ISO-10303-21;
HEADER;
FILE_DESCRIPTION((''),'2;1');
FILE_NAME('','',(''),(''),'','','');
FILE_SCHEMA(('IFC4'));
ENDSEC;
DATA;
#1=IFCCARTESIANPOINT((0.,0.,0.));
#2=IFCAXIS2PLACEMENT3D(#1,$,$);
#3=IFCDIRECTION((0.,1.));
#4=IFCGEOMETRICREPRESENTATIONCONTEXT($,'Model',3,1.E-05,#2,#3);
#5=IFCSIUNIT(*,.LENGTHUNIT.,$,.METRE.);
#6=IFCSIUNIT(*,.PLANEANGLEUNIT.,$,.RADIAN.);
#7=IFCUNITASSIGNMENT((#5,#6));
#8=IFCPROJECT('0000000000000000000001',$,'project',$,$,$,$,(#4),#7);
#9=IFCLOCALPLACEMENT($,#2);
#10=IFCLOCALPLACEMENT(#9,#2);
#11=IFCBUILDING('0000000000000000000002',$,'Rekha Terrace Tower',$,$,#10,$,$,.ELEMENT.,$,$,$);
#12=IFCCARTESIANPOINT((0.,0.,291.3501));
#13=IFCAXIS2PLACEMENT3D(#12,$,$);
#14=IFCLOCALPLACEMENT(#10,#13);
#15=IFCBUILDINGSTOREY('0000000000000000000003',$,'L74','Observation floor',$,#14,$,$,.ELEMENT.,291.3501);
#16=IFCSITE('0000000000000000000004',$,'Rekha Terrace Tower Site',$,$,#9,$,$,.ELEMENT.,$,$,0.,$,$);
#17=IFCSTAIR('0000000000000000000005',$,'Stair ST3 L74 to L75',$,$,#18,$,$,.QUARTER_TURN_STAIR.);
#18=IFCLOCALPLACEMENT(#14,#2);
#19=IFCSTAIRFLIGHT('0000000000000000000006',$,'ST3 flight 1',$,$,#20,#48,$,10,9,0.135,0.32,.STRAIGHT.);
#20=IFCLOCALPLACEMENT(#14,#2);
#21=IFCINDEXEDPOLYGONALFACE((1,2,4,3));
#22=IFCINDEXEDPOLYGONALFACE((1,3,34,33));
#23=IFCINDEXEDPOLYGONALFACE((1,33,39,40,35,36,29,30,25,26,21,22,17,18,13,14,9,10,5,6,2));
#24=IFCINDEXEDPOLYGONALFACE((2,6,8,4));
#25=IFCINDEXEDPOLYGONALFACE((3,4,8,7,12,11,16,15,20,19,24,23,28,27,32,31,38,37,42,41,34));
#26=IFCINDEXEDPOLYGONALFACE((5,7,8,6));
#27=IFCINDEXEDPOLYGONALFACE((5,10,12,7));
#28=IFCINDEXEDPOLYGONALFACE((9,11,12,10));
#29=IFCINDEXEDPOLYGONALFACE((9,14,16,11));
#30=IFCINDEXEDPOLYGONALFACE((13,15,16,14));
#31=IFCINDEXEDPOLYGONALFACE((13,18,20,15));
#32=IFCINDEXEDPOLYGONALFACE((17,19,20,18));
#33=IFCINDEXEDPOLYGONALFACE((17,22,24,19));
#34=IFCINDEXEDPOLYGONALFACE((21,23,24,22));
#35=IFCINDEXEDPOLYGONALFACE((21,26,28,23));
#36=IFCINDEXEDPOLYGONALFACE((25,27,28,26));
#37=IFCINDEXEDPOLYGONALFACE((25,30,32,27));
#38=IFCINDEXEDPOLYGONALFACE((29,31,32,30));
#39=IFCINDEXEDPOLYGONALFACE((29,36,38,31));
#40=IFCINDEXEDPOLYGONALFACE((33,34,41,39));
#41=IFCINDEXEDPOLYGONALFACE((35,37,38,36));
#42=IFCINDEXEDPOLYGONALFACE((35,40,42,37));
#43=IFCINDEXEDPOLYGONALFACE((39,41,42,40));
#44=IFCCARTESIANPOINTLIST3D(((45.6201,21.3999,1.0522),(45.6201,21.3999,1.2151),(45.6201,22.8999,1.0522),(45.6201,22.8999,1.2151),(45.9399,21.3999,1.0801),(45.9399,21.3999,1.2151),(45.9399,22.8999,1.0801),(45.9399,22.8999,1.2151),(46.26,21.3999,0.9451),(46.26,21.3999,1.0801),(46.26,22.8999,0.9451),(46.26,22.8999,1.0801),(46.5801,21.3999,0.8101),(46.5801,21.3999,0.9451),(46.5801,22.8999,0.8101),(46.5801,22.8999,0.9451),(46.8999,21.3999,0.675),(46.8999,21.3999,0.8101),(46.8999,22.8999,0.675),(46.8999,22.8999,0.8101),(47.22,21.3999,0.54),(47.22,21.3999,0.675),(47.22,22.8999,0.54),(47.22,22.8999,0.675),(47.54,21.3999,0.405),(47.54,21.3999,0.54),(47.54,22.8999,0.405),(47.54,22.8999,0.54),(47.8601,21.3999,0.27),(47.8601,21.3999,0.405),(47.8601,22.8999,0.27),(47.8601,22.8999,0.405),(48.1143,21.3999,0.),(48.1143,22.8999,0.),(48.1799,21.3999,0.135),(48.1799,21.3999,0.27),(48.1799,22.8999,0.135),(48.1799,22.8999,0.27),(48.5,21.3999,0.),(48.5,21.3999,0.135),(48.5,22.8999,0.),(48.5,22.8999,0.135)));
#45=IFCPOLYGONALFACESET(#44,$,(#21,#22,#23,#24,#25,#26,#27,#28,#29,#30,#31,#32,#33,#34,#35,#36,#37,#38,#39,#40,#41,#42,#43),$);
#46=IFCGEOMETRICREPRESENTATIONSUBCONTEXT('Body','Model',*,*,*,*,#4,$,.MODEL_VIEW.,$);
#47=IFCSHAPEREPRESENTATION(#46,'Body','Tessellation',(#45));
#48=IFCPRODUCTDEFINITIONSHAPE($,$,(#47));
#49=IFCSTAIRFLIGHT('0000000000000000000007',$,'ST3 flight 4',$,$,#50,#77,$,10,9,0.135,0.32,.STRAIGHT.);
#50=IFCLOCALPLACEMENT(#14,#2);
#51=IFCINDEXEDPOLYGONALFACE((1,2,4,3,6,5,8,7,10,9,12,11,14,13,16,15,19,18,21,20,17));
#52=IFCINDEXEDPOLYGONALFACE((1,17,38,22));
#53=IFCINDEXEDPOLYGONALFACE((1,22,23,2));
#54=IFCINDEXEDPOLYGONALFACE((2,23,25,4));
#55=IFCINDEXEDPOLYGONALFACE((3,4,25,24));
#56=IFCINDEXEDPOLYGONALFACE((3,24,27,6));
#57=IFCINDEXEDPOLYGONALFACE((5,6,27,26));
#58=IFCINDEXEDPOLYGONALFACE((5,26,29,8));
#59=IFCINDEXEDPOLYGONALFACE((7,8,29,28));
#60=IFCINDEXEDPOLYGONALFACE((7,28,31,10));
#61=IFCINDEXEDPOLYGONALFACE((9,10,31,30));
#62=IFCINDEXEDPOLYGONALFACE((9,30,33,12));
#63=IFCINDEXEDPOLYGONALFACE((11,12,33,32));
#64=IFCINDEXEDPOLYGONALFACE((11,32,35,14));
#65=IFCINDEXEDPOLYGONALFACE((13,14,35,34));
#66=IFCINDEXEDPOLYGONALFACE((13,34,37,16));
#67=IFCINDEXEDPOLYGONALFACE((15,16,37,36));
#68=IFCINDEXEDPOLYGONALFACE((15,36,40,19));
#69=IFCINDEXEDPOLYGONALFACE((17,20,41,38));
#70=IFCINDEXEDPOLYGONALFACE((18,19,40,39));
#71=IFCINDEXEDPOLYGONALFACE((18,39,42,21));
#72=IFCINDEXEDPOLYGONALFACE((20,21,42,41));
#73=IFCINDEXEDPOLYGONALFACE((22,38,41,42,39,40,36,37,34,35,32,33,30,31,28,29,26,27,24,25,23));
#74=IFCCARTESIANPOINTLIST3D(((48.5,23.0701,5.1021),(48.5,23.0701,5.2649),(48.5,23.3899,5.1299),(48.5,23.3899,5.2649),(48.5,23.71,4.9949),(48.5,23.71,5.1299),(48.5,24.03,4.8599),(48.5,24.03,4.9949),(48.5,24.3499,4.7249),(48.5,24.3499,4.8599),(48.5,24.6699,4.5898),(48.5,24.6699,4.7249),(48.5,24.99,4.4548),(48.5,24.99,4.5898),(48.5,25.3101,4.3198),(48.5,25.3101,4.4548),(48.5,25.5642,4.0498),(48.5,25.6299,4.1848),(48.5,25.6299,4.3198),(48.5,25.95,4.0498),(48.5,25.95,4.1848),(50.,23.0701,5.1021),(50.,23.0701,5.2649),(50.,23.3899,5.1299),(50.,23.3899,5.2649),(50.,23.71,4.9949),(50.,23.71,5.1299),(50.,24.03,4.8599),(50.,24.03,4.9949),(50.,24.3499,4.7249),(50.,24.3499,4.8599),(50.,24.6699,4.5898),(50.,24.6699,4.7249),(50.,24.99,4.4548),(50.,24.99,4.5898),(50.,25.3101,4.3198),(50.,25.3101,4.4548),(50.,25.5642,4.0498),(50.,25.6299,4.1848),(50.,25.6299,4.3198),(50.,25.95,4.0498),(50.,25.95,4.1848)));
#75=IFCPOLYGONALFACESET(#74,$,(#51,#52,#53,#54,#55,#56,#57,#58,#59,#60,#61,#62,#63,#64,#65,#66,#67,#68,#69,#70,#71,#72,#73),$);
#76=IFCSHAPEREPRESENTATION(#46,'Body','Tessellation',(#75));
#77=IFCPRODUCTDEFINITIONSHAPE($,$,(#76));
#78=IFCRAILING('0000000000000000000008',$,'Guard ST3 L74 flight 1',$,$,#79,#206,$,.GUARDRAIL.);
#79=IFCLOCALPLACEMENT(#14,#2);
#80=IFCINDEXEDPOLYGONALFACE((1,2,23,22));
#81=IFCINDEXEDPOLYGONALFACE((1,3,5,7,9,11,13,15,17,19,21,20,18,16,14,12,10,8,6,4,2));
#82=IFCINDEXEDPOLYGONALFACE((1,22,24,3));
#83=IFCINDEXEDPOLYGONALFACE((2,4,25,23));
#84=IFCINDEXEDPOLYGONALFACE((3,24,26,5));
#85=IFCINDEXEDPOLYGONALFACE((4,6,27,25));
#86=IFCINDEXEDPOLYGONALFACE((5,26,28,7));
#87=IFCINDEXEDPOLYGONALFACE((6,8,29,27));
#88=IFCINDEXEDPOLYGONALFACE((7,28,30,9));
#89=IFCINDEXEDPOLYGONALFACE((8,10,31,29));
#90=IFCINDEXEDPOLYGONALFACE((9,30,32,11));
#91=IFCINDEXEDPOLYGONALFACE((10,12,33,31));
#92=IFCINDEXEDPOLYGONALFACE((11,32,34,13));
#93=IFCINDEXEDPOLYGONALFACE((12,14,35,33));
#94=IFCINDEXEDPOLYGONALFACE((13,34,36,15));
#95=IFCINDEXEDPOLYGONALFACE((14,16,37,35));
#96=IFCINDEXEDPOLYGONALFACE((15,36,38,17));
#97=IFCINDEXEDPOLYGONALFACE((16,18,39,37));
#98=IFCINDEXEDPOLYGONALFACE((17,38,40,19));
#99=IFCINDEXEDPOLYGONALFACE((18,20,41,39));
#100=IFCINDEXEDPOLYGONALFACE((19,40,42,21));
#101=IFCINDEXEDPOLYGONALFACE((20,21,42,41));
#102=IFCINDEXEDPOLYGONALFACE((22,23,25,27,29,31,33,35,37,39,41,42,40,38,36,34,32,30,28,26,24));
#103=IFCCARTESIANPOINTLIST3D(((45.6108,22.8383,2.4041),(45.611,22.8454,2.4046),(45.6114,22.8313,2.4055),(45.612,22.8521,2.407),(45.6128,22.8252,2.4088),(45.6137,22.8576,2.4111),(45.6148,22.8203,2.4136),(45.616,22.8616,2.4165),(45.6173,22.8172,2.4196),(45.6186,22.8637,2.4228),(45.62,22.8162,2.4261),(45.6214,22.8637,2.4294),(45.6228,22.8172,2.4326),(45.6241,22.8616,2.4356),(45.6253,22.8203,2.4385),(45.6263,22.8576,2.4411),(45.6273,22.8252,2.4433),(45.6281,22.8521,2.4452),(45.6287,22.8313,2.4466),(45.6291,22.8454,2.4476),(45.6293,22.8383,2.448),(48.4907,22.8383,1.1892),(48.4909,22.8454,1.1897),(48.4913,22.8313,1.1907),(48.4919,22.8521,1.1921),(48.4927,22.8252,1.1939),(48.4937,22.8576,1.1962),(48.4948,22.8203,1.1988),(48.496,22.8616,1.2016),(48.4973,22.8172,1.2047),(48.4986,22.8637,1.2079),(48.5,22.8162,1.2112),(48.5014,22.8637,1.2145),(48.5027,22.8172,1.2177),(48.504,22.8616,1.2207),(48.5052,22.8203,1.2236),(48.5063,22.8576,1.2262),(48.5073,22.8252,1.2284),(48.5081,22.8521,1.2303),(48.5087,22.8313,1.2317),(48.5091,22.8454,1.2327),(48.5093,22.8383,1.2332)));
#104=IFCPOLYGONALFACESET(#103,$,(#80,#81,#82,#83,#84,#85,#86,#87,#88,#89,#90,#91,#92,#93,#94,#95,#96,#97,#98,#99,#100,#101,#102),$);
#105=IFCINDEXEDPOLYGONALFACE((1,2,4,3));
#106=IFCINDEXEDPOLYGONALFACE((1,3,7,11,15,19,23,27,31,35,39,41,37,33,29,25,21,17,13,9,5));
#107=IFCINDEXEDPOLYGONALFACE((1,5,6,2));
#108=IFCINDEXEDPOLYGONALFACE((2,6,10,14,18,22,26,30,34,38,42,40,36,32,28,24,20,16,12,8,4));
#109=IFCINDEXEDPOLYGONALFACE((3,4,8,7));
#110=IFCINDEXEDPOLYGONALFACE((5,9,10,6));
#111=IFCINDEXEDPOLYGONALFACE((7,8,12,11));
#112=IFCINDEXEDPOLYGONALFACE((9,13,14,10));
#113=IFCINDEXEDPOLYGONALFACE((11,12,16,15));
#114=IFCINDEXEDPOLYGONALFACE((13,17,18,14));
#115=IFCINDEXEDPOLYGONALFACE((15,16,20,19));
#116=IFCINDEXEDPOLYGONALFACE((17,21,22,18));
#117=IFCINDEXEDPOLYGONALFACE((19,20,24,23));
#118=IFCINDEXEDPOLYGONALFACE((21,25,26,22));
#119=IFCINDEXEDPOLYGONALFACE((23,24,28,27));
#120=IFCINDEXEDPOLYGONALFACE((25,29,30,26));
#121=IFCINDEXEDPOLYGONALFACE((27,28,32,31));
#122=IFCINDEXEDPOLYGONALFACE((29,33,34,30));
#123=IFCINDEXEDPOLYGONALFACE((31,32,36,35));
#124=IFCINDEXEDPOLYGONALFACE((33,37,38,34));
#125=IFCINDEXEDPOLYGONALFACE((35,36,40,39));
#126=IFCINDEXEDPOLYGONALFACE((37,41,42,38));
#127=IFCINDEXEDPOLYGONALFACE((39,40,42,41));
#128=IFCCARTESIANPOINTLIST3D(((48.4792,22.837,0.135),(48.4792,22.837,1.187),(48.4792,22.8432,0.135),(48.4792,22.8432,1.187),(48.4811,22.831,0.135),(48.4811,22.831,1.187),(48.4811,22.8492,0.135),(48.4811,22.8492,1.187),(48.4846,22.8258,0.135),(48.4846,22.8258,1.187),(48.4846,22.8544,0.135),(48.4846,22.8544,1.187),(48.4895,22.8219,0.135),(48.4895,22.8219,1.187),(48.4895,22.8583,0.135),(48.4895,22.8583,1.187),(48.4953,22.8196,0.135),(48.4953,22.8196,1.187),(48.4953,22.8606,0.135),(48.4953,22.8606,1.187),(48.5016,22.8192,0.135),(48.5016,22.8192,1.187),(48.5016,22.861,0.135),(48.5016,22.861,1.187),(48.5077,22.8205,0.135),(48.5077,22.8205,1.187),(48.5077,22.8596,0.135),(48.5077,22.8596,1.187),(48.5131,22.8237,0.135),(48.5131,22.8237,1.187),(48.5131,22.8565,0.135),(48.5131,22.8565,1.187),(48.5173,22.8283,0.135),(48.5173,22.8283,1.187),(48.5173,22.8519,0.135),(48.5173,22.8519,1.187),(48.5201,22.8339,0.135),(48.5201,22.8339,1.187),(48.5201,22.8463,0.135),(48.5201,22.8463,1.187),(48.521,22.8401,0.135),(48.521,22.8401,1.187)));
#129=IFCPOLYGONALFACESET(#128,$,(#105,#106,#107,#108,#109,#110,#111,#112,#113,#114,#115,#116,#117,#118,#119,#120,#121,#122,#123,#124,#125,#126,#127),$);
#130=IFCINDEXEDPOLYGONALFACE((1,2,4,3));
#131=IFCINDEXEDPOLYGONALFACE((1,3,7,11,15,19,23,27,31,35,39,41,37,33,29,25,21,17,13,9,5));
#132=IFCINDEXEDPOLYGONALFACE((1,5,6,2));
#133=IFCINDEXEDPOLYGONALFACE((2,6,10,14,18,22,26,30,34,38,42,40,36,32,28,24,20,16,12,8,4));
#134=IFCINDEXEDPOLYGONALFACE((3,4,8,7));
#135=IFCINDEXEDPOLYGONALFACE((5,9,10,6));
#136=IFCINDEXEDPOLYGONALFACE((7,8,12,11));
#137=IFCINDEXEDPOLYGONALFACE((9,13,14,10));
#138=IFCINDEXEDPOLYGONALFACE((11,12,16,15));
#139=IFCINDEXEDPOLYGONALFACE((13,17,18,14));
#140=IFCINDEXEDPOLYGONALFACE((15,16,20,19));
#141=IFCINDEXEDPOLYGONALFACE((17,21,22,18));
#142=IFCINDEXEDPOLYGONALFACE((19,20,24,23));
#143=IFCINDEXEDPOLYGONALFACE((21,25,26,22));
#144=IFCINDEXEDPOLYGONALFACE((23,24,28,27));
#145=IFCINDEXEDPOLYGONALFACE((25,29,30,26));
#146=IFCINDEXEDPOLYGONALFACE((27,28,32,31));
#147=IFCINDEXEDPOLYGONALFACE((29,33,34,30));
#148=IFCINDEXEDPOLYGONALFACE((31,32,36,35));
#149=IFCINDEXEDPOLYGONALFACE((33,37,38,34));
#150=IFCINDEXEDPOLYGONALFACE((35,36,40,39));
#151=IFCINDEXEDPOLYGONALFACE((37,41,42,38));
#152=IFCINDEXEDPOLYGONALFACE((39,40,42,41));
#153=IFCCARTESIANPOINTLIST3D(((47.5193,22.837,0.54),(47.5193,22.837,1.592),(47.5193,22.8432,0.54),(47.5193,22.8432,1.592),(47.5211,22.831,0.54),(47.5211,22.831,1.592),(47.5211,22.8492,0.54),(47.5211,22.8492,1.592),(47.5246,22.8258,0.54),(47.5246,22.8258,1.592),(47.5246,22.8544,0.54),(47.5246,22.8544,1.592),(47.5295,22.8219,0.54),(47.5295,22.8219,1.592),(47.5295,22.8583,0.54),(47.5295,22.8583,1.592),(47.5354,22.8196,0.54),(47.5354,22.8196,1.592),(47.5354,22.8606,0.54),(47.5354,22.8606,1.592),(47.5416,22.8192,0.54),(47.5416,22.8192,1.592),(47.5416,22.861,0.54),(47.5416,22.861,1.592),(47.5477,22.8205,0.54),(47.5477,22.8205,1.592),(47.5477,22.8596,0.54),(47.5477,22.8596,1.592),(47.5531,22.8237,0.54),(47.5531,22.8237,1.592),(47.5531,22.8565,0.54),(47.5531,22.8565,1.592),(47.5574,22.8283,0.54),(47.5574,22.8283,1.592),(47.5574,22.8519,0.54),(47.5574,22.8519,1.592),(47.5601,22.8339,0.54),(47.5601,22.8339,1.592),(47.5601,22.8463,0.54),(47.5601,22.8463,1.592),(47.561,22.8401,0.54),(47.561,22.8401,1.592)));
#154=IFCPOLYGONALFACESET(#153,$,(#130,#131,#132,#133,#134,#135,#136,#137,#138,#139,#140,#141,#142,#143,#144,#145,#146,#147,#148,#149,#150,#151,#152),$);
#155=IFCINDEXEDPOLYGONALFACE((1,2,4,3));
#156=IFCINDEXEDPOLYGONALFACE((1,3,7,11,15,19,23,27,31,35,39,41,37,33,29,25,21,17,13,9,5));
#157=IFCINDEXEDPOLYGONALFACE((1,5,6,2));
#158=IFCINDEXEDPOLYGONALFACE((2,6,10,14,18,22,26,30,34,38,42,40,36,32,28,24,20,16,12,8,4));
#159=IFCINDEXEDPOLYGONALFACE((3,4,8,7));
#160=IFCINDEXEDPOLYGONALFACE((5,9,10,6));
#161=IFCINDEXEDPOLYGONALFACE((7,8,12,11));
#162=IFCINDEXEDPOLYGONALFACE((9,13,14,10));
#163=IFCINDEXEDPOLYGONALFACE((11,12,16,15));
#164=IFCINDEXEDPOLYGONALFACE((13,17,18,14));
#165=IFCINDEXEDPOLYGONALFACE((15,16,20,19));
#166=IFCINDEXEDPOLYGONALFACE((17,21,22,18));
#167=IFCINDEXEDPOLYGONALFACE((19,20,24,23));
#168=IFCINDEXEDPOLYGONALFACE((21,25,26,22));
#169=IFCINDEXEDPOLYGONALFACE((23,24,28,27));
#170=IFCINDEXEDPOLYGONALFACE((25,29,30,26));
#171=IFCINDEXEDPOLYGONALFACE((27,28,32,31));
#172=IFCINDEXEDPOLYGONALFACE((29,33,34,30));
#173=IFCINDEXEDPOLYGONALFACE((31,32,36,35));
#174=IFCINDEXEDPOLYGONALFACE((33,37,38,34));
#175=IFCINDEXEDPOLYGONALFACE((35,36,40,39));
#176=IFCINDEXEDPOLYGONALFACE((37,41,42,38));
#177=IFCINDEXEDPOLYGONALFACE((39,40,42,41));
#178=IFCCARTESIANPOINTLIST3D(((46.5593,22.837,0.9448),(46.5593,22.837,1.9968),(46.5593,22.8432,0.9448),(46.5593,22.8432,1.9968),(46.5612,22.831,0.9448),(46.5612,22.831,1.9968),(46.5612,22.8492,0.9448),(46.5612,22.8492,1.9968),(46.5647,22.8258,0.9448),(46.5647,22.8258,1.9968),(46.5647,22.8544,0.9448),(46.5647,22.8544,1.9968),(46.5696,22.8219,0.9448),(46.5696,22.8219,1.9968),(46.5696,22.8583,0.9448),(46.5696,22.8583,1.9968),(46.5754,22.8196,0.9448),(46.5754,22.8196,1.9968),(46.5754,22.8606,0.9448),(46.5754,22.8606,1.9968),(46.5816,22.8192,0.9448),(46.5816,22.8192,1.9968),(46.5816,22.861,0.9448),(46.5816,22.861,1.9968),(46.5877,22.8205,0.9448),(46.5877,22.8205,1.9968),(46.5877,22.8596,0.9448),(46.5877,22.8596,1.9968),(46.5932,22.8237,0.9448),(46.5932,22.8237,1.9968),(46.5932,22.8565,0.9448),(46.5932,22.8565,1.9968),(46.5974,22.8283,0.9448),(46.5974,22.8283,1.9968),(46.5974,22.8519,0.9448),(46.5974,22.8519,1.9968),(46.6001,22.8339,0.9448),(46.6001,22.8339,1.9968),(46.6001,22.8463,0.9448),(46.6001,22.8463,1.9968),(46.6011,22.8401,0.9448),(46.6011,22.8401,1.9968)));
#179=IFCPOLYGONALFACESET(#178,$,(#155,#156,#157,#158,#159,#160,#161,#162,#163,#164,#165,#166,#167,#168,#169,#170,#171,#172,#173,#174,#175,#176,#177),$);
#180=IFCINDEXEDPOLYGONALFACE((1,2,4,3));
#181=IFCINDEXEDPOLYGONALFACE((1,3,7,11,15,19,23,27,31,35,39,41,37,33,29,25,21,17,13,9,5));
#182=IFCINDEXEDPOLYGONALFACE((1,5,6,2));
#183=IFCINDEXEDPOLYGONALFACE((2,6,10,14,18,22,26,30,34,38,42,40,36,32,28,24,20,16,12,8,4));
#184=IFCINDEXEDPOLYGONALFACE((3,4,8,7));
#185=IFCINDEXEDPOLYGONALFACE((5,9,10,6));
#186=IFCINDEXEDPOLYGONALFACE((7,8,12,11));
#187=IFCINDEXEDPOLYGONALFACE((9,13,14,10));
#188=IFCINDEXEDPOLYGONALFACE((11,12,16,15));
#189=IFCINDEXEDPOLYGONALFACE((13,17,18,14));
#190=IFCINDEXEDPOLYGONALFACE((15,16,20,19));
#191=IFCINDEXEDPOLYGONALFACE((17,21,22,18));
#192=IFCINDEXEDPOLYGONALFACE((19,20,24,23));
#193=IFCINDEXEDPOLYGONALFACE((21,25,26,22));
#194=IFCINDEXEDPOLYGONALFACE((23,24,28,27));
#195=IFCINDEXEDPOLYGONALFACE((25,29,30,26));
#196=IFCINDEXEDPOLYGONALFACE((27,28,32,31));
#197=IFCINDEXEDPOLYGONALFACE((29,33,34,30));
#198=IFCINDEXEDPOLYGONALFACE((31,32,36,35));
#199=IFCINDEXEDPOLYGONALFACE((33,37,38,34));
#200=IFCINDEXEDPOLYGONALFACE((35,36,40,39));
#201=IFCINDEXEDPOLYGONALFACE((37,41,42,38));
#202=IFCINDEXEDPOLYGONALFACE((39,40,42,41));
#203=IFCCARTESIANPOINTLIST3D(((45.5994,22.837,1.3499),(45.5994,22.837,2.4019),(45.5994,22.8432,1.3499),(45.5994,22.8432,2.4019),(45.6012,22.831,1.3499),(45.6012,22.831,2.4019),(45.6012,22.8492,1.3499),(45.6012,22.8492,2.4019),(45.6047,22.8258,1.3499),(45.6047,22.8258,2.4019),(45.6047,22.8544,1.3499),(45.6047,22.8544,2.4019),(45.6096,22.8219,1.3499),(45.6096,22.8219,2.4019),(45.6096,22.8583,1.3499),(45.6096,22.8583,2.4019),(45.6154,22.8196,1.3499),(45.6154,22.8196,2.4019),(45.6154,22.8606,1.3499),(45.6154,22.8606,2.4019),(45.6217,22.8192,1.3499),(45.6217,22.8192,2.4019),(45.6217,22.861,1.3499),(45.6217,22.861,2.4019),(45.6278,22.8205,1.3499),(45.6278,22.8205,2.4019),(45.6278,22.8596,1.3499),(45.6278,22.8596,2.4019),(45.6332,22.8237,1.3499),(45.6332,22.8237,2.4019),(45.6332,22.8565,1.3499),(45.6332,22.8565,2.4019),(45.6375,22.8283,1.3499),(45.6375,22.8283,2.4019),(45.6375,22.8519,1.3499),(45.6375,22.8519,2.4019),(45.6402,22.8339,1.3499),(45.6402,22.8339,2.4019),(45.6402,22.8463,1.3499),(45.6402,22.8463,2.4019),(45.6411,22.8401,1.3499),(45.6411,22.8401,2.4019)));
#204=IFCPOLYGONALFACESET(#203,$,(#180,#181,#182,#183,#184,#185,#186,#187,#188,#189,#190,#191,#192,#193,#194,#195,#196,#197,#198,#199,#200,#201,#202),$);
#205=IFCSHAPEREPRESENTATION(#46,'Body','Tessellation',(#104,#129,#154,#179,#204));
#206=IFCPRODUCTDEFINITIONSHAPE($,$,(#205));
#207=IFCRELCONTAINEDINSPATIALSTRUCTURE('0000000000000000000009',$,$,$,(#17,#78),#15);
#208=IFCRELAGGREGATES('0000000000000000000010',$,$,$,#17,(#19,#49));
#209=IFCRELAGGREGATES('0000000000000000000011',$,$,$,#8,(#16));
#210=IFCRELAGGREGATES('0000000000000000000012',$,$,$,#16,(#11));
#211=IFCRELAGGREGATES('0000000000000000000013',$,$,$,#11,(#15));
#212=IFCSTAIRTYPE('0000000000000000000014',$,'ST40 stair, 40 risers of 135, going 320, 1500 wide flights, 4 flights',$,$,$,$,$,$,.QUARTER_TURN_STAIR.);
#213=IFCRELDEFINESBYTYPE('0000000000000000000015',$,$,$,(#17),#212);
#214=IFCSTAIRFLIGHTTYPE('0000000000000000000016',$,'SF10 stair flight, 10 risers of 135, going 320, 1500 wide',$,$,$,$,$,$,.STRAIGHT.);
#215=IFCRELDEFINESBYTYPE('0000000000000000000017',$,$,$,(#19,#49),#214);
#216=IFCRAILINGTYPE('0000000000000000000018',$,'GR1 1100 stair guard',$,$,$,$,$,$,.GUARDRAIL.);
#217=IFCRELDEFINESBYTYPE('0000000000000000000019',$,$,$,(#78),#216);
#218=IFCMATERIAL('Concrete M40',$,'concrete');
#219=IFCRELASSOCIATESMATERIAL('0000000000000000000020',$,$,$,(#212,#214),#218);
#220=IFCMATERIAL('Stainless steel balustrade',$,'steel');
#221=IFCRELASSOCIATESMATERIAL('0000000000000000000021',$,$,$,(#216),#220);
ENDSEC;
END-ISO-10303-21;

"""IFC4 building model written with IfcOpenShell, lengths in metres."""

from ifc_helpers import new_model, si_unit, direction, frame, origin, origin_2d, place, context, subcontext, project, spatial, polyline, circle, outline, extrude, material, type_object, element, aggregate, save


model = new_model("IFC4")

# Units and contexts
model_context = context("Model", 3, precision=1e-05, world=origin(), true_north=direction((0.0, 1.0)))
body_context = subcontext(model_context, "Body", "Model", "MODEL_VIEW")
ifc_project = project(units=[si_unit("LENGTHUNIT", "METRE"), si_unit("PLANEANGLEUNIT", "RADIAN")], contexts=[model_context])

# Site, building, storey
site_placement = place(None, origin())
site = spatial("IfcSite", under=ifc_project, at=site_placement, Name="Rekha Terrace Tower Site", CompositionType="ELEMENT", RefElevation=0.0)
building_placement = place(site_placement, origin())
building = spatial("IfcBuilding", under=site, at=building_placement, Name="Rekha Terrace Tower", CompositionType="ELEMENT")
storey_placement = place(building_placement, frame((0.0, 0.0, 291.3501)))
storey = spatial("IfcBuildingStorey", under=building, at=storey_placement, Name="L74", Description="Observation floor", CompositionType="ELEMENT", Elevation=291.3501)

# Stair, stair flights
ifc_material_1 = material(Name="Concrete M40", Category="concrete")
stair_type = type_object("IfcStairType", Name="ST40 stair, 40 risers of 135, going 320, 1500 wide flights, 4 flights", PredefinedType="QUARTER_TURN_STAIR", material=ifc_material_1)
stair_placement = place(storey_placement, origin())
stair = element("IfcStair", 1, at=stair_placement, inside=storey, type_object=stair_type, Name="Stair ST3 L74 to L75", PredefinedType="QUARTER_TURN_STAIR")
stair_flight_type = type_object("IfcStairFlightType", Name="SF10 stair flight, 10 risers of 135, going 320, 1500 wide", PredefinedType="STRAIGHT", material=ifc_material_1)
stair_flight_1_placement = place(storey_placement, frame((48.5, 22.1499, 0.0), z_axis=(0.0, 0.0, 1.0), x_axis=(-1.0, 0.0, 0.0)))
stair_flight_1 = element("IfcStairFlight", 2, at=stair_flight_1_placement, type_object=stair_flight_type, Name="ST3 flight 1", NumberOfRisers=10, NumberOfTreads=9, PredefinedType="STRAIGHT", RiserHeight=0.135, TreadLength=0.32, context=body_context, shape_type="SweptSolid", body=[
    extrude(outline(polyline([(0.0, 0.0), (0.0, 0.135), (0.3201, 0.135), (0.3201, 0.27), (0.6399, 0.27), (0.6399, 0.405), (0.96, 0.405), (0.96, 0.54), (1.28, 0.54), (1.28, 0.675), (1.6001, 0.675), (1.6001, 0.8101), (1.9199, 0.8101), (1.9199, 0.9451), (2.24, 0.9451), (2.24, 1.0801), (2.5601, 1.0801), (2.5601, 1.2151), (2.8799, 1.2151), (2.8799, 1.3501), (2.8799, 1.0522), (0.3857, 0.0), (0.0, 0.0)])), frame((0.0, 0.75, 0.0), z_axis=(0.0, -1.0, 0.0), x_axis=(1.0, 0.0, 0.0)), (0.0, 0.0, 1.0), 1.5),
])
stair_flight_2_placement = place(storey_placement, frame((49.25, 25.95, 4.0498), z_axis=(0.0, 0.0, 1.0), x_axis=(0.0, -1.0, 0.0)))
stair_flight_2 = element("IfcStairFlight", 3, at=stair_flight_2_placement, type_object=stair_flight_type, Name="ST3 flight 4", NumberOfRisers=10, NumberOfTreads=9, PredefinedType="STRAIGHT", RiserHeight=0.135, TreadLength=0.32, context=body_context, shape_type="SweptSolid", body=[
    extrude(outline(polyline([(0.0, 0.0), (0.0, 0.135), (0.3201, 0.135), (0.3201, 0.27), (0.6399, 0.27), (0.6399, 0.405), (0.96, 0.405), (0.96, 0.54), (1.28, 0.54), (1.28, 0.675), (1.6001, 0.675), (1.6001, 0.8101), (1.9199, 0.8101), (1.9199, 0.9451), (2.24, 0.9451), (2.24, 1.0801), (2.5601, 1.0801), (2.5601, 1.2151), (2.8799, 1.2151), (2.8799, 1.3501), (2.8799, 1.0522), (0.3857, 0.0), (0.0, 0.0)])), frame((0.0, 0.75, 0.0), z_axis=(0.0, -1.0, 0.0), x_axis=(1.0, 0.0, 0.0)), (0.0, 0.0, 1.0), 1.5),
])
aggregate(stair, [stair_flight_1, stair_flight_2])

# Railing
ifc_material_2 = material(Name="Stainless steel balustrade", Category="steel")
railing_type_1 = type_object("IfcRailingType", Name="GR1 1100 stair guard", PredefinedType="GUARDRAIL", material=ifc_material_2)
railing_1_placement = place(storey_placement, frame((48.5, 22.8401, 0.135)))
element("IfcRailing", 4, at=railing_1_placement, inside=storey, type_object=railing_type_1, Name="Guard ST3 L74 flight 1", PredefinedType="GUARDRAIL", context=body_context, shape_type="SweptSolid", body=[
    extrude(circle(Radius=0.0239, at=origin_2d()), frame((0.0, 0.0, 1.0762), z_axis=(-0.921376, 0.0, 0.388671), x_axis=(0.0, -1.0, 0.0)), (0.0, 0.0, 1.0), 3.1257),
    extrude(circle(Radius=0.021, at=origin_2d()), origin(), (0.0, 0.0, 1.0), 1.052),
    extrude(circle(Radius=0.021, at=origin_2d()), frame((-0.96, 0.0, 0.405)), (0.0, 0.0, 1.0), 1.052),
    extrude(circle(Radius=0.021, at=origin_2d()), frame((-1.9199, 0.0, 0.8098)), (0.0, 0.0, 1.0), 1.052),
    extrude(circle(Radius=0.021, at=origin_2d()), frame((-2.8799, 0.0, 1.2148)), (0.0, 0.0, 1.0), 1.052),
])

save(model, "model.ifc")
